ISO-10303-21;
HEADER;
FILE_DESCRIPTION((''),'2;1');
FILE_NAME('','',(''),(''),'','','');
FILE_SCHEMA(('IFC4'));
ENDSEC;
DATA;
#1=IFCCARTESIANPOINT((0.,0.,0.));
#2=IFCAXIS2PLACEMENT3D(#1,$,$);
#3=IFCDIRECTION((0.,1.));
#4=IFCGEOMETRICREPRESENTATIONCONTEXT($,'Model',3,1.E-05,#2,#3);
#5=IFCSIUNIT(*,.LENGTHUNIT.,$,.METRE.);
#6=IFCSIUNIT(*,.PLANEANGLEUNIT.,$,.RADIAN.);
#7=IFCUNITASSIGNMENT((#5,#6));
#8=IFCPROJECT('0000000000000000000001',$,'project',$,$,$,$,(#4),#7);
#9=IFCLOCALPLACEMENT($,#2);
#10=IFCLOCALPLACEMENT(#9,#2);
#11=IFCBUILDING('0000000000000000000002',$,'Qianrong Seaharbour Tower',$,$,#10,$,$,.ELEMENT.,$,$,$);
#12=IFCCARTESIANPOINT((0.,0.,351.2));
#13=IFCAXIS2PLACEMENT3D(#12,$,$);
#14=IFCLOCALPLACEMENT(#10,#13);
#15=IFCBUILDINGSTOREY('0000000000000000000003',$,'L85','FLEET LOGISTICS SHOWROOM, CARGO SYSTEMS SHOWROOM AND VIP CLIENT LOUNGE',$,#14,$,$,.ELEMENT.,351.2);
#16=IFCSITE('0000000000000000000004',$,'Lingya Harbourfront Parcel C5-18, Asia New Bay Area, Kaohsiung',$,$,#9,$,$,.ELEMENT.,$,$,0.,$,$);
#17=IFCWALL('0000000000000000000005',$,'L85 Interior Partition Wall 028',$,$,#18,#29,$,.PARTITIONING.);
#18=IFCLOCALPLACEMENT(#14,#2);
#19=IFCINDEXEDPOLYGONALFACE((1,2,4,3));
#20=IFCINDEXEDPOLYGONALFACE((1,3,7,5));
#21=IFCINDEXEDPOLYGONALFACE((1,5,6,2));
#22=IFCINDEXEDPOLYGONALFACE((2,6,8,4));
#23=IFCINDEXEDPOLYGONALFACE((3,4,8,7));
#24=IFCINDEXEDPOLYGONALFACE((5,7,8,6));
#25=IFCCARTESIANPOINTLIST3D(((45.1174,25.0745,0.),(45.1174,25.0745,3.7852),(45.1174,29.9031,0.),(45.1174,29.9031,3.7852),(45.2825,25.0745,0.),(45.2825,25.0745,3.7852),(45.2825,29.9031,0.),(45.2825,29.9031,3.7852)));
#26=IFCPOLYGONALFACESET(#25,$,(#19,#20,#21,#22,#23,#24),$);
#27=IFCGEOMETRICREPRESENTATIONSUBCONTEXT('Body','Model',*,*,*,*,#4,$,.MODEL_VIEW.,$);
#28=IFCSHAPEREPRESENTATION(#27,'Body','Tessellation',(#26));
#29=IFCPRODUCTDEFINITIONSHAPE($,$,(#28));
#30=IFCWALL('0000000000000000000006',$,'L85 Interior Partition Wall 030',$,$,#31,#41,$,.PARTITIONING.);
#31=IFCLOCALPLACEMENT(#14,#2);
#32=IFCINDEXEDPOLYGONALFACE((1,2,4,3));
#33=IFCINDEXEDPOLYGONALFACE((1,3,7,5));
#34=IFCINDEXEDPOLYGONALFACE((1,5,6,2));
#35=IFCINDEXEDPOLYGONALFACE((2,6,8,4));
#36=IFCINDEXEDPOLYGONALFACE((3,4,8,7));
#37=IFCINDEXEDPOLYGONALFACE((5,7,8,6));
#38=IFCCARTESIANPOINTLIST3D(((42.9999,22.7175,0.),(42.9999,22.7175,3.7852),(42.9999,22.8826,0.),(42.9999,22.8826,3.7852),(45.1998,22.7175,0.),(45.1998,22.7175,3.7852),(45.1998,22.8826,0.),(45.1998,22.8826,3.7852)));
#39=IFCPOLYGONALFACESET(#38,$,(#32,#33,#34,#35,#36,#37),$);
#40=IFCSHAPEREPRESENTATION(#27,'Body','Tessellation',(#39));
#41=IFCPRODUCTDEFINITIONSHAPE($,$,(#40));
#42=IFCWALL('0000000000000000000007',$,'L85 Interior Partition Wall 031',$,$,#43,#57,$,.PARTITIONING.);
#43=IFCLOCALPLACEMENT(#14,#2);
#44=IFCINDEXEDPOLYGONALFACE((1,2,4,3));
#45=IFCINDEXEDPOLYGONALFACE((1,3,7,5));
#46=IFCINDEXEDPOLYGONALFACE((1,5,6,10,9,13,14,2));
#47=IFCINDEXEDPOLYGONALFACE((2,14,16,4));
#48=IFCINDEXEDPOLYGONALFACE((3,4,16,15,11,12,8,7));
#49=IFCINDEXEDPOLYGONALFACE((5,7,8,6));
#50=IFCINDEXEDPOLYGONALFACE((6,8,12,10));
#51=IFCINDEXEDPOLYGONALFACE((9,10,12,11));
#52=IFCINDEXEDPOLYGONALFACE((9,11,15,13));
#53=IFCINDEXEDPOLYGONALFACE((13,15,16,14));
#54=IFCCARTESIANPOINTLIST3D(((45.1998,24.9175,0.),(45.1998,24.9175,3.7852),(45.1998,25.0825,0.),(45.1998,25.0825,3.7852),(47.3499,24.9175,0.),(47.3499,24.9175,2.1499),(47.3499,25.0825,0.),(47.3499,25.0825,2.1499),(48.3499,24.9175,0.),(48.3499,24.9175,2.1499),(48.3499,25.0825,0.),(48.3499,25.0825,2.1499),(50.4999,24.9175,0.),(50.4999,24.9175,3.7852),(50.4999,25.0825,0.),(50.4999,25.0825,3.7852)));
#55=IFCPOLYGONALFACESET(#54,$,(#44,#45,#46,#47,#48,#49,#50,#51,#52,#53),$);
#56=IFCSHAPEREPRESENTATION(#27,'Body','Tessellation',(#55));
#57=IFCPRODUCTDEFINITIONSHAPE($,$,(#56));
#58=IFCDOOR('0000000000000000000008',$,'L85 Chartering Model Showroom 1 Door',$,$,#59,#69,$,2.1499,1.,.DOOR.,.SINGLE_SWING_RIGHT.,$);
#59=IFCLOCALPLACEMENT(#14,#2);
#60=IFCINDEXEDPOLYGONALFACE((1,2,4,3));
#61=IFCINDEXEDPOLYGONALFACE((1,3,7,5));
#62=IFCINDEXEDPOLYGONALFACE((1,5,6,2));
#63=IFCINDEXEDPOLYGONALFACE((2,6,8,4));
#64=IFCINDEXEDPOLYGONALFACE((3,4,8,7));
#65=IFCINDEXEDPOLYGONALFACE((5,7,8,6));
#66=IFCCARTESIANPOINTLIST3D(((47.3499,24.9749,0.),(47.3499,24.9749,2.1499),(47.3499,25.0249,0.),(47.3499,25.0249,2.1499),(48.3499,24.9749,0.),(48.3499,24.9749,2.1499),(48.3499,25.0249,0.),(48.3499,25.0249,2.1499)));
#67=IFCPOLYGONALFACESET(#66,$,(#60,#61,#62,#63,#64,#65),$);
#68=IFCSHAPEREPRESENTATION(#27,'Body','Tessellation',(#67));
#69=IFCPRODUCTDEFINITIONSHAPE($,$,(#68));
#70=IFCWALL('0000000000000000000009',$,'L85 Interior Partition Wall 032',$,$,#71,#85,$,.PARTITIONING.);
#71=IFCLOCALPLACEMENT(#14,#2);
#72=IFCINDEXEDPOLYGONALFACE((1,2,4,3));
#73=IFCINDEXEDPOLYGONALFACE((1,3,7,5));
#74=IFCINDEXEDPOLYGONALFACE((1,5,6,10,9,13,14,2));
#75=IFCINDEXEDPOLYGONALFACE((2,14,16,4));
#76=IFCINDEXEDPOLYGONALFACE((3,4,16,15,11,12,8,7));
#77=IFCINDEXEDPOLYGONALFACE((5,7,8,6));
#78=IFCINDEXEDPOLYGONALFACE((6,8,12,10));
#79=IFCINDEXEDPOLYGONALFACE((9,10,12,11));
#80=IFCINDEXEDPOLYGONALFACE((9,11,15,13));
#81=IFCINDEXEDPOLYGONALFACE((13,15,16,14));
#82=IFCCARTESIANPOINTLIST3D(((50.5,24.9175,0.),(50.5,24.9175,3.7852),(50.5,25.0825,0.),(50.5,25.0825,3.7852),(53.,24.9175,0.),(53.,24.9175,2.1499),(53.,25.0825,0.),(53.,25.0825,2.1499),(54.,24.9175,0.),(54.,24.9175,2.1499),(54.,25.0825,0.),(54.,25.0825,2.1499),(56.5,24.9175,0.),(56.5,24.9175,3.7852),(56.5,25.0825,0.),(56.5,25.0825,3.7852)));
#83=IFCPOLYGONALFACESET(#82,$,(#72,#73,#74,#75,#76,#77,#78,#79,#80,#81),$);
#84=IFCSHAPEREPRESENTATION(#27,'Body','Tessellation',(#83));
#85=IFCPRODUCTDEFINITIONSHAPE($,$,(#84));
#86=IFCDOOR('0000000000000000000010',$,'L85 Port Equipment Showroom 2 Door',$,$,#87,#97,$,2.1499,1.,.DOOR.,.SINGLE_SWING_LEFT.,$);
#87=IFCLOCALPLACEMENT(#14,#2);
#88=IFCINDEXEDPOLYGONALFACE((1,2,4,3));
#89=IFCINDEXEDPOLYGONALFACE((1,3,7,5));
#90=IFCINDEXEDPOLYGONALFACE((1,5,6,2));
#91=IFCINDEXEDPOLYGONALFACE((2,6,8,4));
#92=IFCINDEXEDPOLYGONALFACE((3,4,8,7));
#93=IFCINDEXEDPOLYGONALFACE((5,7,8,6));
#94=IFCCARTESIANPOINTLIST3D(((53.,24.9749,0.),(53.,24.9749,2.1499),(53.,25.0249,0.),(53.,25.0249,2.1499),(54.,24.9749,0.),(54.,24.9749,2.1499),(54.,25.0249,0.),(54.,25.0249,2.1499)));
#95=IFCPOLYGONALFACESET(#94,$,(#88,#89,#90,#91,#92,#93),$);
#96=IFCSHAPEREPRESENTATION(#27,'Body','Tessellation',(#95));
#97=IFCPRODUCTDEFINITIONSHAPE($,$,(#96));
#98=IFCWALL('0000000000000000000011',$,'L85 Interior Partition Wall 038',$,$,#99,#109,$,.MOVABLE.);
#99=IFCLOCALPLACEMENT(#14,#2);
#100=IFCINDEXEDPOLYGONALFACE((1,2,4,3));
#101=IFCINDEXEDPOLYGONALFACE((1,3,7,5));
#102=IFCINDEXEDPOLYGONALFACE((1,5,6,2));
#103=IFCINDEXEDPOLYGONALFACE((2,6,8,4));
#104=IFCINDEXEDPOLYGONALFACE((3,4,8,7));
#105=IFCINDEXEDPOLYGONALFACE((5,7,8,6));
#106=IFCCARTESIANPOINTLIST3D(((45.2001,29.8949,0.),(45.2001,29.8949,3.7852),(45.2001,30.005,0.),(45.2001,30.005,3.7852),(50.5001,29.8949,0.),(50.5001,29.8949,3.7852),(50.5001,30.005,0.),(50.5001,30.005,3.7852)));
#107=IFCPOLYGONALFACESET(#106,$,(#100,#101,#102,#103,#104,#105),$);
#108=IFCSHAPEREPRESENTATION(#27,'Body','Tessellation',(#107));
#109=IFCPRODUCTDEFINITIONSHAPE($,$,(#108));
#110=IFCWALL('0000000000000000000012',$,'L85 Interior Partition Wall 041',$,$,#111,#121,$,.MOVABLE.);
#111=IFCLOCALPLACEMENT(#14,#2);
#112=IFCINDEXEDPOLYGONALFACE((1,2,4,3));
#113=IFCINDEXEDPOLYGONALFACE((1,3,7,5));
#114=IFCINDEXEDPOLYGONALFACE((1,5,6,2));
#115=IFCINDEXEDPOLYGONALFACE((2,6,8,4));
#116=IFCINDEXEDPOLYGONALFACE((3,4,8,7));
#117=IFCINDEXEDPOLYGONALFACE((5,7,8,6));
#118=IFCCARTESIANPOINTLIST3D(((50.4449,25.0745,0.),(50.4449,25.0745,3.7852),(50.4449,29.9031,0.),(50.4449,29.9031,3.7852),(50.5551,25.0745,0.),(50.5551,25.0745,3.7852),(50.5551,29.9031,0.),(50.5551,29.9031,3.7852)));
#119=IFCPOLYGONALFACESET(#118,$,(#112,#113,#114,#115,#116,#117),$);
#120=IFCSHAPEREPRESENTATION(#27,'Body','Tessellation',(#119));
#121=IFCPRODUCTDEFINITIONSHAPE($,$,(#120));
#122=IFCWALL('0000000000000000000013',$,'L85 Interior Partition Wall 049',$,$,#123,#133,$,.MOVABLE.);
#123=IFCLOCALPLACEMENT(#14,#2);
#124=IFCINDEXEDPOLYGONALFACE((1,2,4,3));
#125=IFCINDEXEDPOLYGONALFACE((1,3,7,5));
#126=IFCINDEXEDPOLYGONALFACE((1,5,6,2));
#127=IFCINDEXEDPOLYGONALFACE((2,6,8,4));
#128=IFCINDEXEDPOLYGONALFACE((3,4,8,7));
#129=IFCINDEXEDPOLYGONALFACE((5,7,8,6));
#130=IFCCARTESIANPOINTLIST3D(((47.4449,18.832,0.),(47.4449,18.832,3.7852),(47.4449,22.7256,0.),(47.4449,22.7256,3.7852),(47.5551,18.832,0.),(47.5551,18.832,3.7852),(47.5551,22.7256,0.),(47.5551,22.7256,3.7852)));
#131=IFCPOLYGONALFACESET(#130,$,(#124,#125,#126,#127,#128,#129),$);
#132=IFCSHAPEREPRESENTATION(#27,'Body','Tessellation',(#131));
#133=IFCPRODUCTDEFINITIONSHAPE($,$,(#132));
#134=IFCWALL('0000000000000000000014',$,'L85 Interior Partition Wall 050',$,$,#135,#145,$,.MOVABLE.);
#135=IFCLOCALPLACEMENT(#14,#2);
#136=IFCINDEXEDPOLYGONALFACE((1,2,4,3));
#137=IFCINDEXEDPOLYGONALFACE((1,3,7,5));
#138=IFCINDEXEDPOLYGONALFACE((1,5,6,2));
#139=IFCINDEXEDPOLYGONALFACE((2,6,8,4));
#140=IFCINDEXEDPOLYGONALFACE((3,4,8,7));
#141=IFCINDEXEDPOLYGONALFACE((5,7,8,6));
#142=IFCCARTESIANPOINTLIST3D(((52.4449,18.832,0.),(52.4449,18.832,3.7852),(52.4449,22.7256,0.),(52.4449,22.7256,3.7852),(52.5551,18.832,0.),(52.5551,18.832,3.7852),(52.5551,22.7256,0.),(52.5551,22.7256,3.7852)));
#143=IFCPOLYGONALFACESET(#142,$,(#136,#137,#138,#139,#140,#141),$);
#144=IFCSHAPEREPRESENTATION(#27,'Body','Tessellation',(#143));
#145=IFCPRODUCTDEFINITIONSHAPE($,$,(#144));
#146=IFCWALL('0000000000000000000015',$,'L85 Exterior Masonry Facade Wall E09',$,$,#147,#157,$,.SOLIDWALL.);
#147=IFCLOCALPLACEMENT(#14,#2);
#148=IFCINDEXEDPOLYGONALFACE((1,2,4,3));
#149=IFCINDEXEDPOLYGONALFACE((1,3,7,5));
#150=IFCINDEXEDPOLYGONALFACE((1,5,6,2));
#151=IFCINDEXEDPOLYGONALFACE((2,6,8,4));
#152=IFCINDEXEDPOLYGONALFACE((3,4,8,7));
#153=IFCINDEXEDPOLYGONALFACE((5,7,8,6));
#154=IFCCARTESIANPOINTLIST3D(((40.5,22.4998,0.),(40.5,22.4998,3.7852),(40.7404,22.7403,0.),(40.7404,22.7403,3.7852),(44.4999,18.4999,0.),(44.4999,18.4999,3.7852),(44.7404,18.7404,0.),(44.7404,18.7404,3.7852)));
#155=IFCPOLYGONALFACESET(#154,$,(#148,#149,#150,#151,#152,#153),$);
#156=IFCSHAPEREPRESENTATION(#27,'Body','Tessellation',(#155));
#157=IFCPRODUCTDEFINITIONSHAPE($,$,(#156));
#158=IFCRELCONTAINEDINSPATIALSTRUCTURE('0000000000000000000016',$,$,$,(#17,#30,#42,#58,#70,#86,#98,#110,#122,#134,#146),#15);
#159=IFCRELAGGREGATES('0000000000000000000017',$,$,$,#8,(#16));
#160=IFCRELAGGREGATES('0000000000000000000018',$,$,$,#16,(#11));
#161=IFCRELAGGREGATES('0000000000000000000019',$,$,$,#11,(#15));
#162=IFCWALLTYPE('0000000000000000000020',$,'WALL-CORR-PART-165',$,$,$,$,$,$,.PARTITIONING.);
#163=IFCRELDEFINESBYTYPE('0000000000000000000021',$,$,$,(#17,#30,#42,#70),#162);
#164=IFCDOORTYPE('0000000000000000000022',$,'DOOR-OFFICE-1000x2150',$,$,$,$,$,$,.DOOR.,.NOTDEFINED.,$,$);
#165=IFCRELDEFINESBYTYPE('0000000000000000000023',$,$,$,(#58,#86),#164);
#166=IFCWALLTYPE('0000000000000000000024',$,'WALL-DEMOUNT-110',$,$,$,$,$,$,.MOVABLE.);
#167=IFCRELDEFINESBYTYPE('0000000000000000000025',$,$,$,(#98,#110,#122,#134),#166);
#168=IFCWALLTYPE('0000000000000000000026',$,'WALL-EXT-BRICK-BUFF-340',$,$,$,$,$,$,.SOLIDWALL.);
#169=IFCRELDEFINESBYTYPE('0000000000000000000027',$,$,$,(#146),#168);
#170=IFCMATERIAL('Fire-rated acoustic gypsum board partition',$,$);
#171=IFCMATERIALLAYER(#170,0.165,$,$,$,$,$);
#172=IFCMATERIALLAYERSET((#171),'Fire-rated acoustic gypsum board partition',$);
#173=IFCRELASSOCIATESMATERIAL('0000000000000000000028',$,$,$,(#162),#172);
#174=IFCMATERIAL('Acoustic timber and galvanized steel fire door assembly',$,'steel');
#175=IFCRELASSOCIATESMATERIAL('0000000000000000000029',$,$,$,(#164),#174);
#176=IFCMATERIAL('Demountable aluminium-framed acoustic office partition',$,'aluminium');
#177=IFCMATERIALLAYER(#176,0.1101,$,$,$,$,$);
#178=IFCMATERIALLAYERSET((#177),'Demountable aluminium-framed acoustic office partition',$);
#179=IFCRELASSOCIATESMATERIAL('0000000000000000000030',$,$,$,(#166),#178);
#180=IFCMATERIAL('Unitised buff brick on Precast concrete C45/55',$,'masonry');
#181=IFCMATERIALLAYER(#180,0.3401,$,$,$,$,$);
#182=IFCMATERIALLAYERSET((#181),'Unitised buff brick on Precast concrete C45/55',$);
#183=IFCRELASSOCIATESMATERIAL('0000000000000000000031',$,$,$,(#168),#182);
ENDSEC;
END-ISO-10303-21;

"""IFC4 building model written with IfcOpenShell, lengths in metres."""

from ifc_helpers import new_model, si_unit, direction, frame, frame_2d, origin, place, context, subcontext, project, spatial, rectangle, extrude, material, layer, layer_set, type_object, element, fill, save


model = new_model("IFC4")

# Units and contexts
model_context = context("Model", 3, precision=1e-05, world=origin(), true_north=direction((0.0, 1.0)))
body_context = subcontext(model_context, "Body", "Model", "MODEL_VIEW")
ifc_project = project(units=[si_unit("LENGTHUNIT", "METRE"), si_unit("PLANEANGLEUNIT", "RADIAN")], contexts=[model_context])

# Site, building, storey
site_placement = place(None, origin())
site = spatial("IfcSite", under=ifc_project, at=site_placement, Name="Lingya Harbourfront Parcel C5-18, Asia New Bay Area, Kaohsiung", CompositionType="ELEMENT", RefElevation=0.0)
building_placement = place(site_placement, origin())
building = spatial("IfcBuilding", under=site, at=building_placement, Name="Qianrong Seaharbour Tower", CompositionType="ELEMENT")
storey_placement = place(building_placement, frame((0.0, 0.0, 351.2)))
storey = spatial("IfcBuildingStorey", under=building, at=storey_placement, Name="L85", Description="FLEET LOGISTICS SHOWROOM, CARGO SYSTEMS SHOWROOM AND VIP CLIENT LOUNGE", CompositionType="ELEMENT", Elevation=351.2)

# Walls
ifc_material_1 = material(Name="Fire-rated acoustic gypsum board partition")
ifc_layer_1 = layer(ifc_material_1, 0.165)
ifc_layer_set_1 = layer_set([ifc_layer_1], Name="Fire-rated acoustic gypsum board partition")
wall_type_1 = type_object("IfcWallType", Name="WALL-CORR-PART-165", PredefinedType="PARTITIONING", material=ifc_layer_set_1)
wall_1_placement = place(storey_placement, frame((45.2, 29.9031, 0.0), z_axis=(0.0, 0.0, 1.0), x_axis=(0.0, -1.0, 0.0)))
element("IfcWall", 1, at=wall_1_placement, inside=storey, type_object=wall_type_1, Name="L85 Interior Partition Wall 028", PredefinedType="PARTITIONING", context=body_context, shape_type="SweptSolid", body=[
    extrude(rectangle(XDim=4.8286, YDim=0.165, at=frame_2d((2.4143, 0.0))), origin(), (0.0, 0.0, 1.0), 3.7852),
])
wall_2_placement = place(storey_placement, frame((45.2, 22.8, 0.0), z_axis=(0.0, 0.0, 1.0), x_axis=(-1.0, 0.0, 0.0)))
element("IfcWall", 2, at=wall_2_placement, inside=storey, type_object=wall_type_1, Name="L85 Interior Partition Wall 030", PredefinedType="PARTITIONING", context=body_context, shape_type="SweptSolid", body=[
    extrude(rectangle(XDim=2.2, YDim=0.165, at=frame_2d((1.1001, 0.0))), origin(), (0.0, 0.0, 1.0), 3.7852),
])

# Walls, openings, doors
wall_3_placement = place(storey_placement, frame((45.2, 25.0, 0.0), z_axis=(0.0, 0.0, 1.0), x_axis=(1.0, 0.0, 0.0)))
wall_3 = element("IfcWall", 3, at=wall_3_placement, inside=storey, type_object=wall_type_1, Name="L85 Interior Partition Wall 031", PredefinedType="PARTITIONING", context=body_context, shape_type="SweptSolid", body=[
    extrude(rectangle(XDim=5.3, YDim=0.165, at=frame_2d((2.6499, 0.0))), origin(), (0.0, 0.0, 1.0), 3.7852),
])
opening_1_placement = place(wall_3_placement, frame((2.1499, 0.0, 0.0)))
opening_1 = element("IfcOpeningElement", 4, at=opening_1_placement, cuts=wall_3, PredefinedType="OPENING", context=body_context, shape_type="SweptSolid", body=[
    extrude(rectangle(XDim=1.0, YDim=2.1499, at=frame_2d((0.5, 1.075))), frame((0.0, 0.0925, 0.0), z_axis=(0.0, -1.0, 0.0), x_axis=(1.0, 0.0, 0.0)), (0.0, 0.0, 1.0), 0.1851),
])
ifc_material_2 = material(Name="Acoustic timber and galvanized steel fire door assembly", Category="steel")
door_type = type_object("IfcDoorType", Name="DOOR-OFFICE-1000x2150", OperationType="NOTDEFINED", PredefinedType="DOOR", material=ifc_material_2)
door_1_placement = place(opening_1_placement, origin())
door_1 = element("IfcDoor", 5, at=door_1_placement, inside=storey, type_object=door_type, Name="L85 Chartering Model Showroom 1 Door", OperationType="SINGLE_SWING_RIGHT", OverallHeight=2.1499, OverallWidth=1.0, PredefinedType="DOOR", context=body_context, shape_type="SweptSolid", body=[
    extrude(rectangle(XDim=1.0, YDim=2.1499, at=frame_2d((0.5, 1.075))), frame((0.0, 0.0249, 0.0), z_axis=(0.0, -1.0, 0.0), x_axis=(1.0, 0.0, 0.0)), (0.0, 0.0, 1.0), 0.05),
])
fill(opening_1, door_1)
wall_4_placement = place(storey_placement, frame((50.5, 25.0, 0.0), z_axis=(0.0, 0.0, 1.0), x_axis=(1.0, 0.0, 0.0)))
wall_4 = element("IfcWall", 6, at=wall_4_placement, inside=storey, type_object=wall_type_1, Name="L85 Interior Partition Wall 032", PredefinedType="PARTITIONING", context=body_context, shape_type="SweptSolid", body=[
    extrude(rectangle(XDim=6.0, YDim=0.165, at=frame_2d((3.0, 0.0))), origin(), (0.0, 0.0, 1.0), 3.7852),
])
opening_2_placement = place(wall_4_placement, frame((2.5, 0.0, 0.0)))
opening_2 = element("IfcOpeningElement", 7, at=opening_2_placement, cuts=wall_4, PredefinedType="OPENING", context=body_context, shape_type="SweptSolid", body=[
    extrude(rectangle(XDim=1.0, YDim=2.1499, at=frame_2d((0.5, 1.075))), frame((0.0, 0.0925, 0.0), z_axis=(0.0, -1.0, 0.0), x_axis=(1.0, 0.0, 0.0)), (0.0, 0.0, 1.0), 0.1851),
])
door_2_placement = place(opening_2_placement, origin())
door_2 = element("IfcDoor", 8, at=door_2_placement, inside=storey, type_object=door_type, Name="L85 Port Equipment Showroom 2 Door", OperationType="SINGLE_SWING_LEFT", OverallHeight=2.1499, OverallWidth=1.0, PredefinedType="DOOR", context=body_context, shape_type="SweptSolid", body=[
    extrude(rectangle(XDim=1.0, YDim=2.1499, at=frame_2d((0.5, 1.075))), frame((0.0, 0.0249, 0.0), z_axis=(0.0, -1.0, 0.0), x_axis=(1.0, 0.0, 0.0)), (0.0, 0.0, 1.0), 0.05),
])
fill(opening_2, door_2)

# Walls
ifc_material_3 = material(Name="Demountable aluminium-framed acoustic office partition", Category="aluminium")
ifc_layer_2 = layer(ifc_material_3, 0.1101)
ifc_layer_set_2 = layer_set([ifc_layer_2], Name="Demountable aluminium-framed acoustic office partition")
wall_type_2 = type_object("IfcWallType", Name="WALL-DEMOUNT-110", PredefinedType="MOVABLE", material=ifc_layer_set_2)
wall_5_placement = place(storey_placement, frame((50.5, 29.95, 0.0), z_axis=(0.0, 0.0, 1.0), x_axis=(-1.0, 0.0, 0.0)))
element("IfcWall", 9, at=wall_5_placement, inside=storey, type_object=wall_type_2, Name="L85 Interior Partition Wall 038", PredefinedType="MOVABLE", context=body_context, shape_type="SweptSolid", body=[
    extrude(rectangle(XDim=5.3, YDim=0.1101, at=frame_2d((2.6499, 0.0))), origin(), (0.0, 0.0, 1.0), 3.7852),
])
wall_6_placement = place(storey_placement, frame((50.5, 29.9031, 0.0), z_axis=(0.0, 0.0, 1.0), x_axis=(0.0, -1.0, 0.0)))
element("IfcWall", 10, at=wall_6_placement, inside=storey, type_object=wall_type_2, Name="L85 Interior Partition Wall 041", PredefinedType="MOVABLE", context=body_context, shape_type="SweptSolid", body=[
    extrude(rectangle(XDim=4.8286, YDim=0.1101, at=frame_2d((2.4143, 0.0))), origin(), (0.0, 0.0, 1.0), 3.7852),
])
for number, where, z_axis, x_axis, name in (
    (11, (47.5, 22.7256, 0.0), (0.0, 0.0, 1.0), (0.0, -1.0, 0.0), "L85 Interior Partition Wall 049"),
    (12, (52.5, 22.7256, 0.0), (0.0, 0.0, 1.0), (0.0, -1.0, 0.0), "L85 Interior Partition Wall 050"),
):
    element("IfcWall", number, at=place(storey_placement, frame(where, z_axis=z_axis, x_axis=x_axis)), inside=storey, type_object=wall_type_2, Name=name, PredefinedType="MOVABLE", context=body_context, shape_type="SweptSolid", body=[
        extrude(rectangle(XDim=3.8936, YDim=0.1101, at=frame_2d((1.9468, 0.0))), origin(), (0.0, 0.0, 1.0), 3.7852),
    ])
ifc_material_4 = material(Name="Unitised buff brick on Precast concrete C45/55", Category="masonry")
ifc_layer_3 = layer(ifc_material_4, 0.3401)
ifc_layer_set_3 = layer_set([ifc_layer_3], Name="Unitised buff brick on Precast concrete C45/55")
wall_type_3 = type_object("IfcWallType", Name="WALL-EXT-BRICK-BUFF-340", PredefinedType="SOLIDWALL", material=ifc_layer_set_3)
wall_7_placement = place(storey_placement, frame((44.6201, 18.6201, 0.0), z_axis=(0.0, 0.0, 1.0), x_axis=(-0.707107, 0.707107, 0.0)))
element("IfcWall", 13, at=wall_7_placement, inside=storey, type_object=wall_type_3, Name="L85 Exterior Masonry Facade Wall E09", PredefinedType="SOLIDWALL", context=body_context, shape_type="SweptSolid", body=[
    extrude(rectangle(XDim=5.6567, YDim=0.3401, at=frame_2d((2.8284, 0.0))), origin(), (0.0, 0.0, 1.0), 3.7852),
])

save(model, "model.ifc")
